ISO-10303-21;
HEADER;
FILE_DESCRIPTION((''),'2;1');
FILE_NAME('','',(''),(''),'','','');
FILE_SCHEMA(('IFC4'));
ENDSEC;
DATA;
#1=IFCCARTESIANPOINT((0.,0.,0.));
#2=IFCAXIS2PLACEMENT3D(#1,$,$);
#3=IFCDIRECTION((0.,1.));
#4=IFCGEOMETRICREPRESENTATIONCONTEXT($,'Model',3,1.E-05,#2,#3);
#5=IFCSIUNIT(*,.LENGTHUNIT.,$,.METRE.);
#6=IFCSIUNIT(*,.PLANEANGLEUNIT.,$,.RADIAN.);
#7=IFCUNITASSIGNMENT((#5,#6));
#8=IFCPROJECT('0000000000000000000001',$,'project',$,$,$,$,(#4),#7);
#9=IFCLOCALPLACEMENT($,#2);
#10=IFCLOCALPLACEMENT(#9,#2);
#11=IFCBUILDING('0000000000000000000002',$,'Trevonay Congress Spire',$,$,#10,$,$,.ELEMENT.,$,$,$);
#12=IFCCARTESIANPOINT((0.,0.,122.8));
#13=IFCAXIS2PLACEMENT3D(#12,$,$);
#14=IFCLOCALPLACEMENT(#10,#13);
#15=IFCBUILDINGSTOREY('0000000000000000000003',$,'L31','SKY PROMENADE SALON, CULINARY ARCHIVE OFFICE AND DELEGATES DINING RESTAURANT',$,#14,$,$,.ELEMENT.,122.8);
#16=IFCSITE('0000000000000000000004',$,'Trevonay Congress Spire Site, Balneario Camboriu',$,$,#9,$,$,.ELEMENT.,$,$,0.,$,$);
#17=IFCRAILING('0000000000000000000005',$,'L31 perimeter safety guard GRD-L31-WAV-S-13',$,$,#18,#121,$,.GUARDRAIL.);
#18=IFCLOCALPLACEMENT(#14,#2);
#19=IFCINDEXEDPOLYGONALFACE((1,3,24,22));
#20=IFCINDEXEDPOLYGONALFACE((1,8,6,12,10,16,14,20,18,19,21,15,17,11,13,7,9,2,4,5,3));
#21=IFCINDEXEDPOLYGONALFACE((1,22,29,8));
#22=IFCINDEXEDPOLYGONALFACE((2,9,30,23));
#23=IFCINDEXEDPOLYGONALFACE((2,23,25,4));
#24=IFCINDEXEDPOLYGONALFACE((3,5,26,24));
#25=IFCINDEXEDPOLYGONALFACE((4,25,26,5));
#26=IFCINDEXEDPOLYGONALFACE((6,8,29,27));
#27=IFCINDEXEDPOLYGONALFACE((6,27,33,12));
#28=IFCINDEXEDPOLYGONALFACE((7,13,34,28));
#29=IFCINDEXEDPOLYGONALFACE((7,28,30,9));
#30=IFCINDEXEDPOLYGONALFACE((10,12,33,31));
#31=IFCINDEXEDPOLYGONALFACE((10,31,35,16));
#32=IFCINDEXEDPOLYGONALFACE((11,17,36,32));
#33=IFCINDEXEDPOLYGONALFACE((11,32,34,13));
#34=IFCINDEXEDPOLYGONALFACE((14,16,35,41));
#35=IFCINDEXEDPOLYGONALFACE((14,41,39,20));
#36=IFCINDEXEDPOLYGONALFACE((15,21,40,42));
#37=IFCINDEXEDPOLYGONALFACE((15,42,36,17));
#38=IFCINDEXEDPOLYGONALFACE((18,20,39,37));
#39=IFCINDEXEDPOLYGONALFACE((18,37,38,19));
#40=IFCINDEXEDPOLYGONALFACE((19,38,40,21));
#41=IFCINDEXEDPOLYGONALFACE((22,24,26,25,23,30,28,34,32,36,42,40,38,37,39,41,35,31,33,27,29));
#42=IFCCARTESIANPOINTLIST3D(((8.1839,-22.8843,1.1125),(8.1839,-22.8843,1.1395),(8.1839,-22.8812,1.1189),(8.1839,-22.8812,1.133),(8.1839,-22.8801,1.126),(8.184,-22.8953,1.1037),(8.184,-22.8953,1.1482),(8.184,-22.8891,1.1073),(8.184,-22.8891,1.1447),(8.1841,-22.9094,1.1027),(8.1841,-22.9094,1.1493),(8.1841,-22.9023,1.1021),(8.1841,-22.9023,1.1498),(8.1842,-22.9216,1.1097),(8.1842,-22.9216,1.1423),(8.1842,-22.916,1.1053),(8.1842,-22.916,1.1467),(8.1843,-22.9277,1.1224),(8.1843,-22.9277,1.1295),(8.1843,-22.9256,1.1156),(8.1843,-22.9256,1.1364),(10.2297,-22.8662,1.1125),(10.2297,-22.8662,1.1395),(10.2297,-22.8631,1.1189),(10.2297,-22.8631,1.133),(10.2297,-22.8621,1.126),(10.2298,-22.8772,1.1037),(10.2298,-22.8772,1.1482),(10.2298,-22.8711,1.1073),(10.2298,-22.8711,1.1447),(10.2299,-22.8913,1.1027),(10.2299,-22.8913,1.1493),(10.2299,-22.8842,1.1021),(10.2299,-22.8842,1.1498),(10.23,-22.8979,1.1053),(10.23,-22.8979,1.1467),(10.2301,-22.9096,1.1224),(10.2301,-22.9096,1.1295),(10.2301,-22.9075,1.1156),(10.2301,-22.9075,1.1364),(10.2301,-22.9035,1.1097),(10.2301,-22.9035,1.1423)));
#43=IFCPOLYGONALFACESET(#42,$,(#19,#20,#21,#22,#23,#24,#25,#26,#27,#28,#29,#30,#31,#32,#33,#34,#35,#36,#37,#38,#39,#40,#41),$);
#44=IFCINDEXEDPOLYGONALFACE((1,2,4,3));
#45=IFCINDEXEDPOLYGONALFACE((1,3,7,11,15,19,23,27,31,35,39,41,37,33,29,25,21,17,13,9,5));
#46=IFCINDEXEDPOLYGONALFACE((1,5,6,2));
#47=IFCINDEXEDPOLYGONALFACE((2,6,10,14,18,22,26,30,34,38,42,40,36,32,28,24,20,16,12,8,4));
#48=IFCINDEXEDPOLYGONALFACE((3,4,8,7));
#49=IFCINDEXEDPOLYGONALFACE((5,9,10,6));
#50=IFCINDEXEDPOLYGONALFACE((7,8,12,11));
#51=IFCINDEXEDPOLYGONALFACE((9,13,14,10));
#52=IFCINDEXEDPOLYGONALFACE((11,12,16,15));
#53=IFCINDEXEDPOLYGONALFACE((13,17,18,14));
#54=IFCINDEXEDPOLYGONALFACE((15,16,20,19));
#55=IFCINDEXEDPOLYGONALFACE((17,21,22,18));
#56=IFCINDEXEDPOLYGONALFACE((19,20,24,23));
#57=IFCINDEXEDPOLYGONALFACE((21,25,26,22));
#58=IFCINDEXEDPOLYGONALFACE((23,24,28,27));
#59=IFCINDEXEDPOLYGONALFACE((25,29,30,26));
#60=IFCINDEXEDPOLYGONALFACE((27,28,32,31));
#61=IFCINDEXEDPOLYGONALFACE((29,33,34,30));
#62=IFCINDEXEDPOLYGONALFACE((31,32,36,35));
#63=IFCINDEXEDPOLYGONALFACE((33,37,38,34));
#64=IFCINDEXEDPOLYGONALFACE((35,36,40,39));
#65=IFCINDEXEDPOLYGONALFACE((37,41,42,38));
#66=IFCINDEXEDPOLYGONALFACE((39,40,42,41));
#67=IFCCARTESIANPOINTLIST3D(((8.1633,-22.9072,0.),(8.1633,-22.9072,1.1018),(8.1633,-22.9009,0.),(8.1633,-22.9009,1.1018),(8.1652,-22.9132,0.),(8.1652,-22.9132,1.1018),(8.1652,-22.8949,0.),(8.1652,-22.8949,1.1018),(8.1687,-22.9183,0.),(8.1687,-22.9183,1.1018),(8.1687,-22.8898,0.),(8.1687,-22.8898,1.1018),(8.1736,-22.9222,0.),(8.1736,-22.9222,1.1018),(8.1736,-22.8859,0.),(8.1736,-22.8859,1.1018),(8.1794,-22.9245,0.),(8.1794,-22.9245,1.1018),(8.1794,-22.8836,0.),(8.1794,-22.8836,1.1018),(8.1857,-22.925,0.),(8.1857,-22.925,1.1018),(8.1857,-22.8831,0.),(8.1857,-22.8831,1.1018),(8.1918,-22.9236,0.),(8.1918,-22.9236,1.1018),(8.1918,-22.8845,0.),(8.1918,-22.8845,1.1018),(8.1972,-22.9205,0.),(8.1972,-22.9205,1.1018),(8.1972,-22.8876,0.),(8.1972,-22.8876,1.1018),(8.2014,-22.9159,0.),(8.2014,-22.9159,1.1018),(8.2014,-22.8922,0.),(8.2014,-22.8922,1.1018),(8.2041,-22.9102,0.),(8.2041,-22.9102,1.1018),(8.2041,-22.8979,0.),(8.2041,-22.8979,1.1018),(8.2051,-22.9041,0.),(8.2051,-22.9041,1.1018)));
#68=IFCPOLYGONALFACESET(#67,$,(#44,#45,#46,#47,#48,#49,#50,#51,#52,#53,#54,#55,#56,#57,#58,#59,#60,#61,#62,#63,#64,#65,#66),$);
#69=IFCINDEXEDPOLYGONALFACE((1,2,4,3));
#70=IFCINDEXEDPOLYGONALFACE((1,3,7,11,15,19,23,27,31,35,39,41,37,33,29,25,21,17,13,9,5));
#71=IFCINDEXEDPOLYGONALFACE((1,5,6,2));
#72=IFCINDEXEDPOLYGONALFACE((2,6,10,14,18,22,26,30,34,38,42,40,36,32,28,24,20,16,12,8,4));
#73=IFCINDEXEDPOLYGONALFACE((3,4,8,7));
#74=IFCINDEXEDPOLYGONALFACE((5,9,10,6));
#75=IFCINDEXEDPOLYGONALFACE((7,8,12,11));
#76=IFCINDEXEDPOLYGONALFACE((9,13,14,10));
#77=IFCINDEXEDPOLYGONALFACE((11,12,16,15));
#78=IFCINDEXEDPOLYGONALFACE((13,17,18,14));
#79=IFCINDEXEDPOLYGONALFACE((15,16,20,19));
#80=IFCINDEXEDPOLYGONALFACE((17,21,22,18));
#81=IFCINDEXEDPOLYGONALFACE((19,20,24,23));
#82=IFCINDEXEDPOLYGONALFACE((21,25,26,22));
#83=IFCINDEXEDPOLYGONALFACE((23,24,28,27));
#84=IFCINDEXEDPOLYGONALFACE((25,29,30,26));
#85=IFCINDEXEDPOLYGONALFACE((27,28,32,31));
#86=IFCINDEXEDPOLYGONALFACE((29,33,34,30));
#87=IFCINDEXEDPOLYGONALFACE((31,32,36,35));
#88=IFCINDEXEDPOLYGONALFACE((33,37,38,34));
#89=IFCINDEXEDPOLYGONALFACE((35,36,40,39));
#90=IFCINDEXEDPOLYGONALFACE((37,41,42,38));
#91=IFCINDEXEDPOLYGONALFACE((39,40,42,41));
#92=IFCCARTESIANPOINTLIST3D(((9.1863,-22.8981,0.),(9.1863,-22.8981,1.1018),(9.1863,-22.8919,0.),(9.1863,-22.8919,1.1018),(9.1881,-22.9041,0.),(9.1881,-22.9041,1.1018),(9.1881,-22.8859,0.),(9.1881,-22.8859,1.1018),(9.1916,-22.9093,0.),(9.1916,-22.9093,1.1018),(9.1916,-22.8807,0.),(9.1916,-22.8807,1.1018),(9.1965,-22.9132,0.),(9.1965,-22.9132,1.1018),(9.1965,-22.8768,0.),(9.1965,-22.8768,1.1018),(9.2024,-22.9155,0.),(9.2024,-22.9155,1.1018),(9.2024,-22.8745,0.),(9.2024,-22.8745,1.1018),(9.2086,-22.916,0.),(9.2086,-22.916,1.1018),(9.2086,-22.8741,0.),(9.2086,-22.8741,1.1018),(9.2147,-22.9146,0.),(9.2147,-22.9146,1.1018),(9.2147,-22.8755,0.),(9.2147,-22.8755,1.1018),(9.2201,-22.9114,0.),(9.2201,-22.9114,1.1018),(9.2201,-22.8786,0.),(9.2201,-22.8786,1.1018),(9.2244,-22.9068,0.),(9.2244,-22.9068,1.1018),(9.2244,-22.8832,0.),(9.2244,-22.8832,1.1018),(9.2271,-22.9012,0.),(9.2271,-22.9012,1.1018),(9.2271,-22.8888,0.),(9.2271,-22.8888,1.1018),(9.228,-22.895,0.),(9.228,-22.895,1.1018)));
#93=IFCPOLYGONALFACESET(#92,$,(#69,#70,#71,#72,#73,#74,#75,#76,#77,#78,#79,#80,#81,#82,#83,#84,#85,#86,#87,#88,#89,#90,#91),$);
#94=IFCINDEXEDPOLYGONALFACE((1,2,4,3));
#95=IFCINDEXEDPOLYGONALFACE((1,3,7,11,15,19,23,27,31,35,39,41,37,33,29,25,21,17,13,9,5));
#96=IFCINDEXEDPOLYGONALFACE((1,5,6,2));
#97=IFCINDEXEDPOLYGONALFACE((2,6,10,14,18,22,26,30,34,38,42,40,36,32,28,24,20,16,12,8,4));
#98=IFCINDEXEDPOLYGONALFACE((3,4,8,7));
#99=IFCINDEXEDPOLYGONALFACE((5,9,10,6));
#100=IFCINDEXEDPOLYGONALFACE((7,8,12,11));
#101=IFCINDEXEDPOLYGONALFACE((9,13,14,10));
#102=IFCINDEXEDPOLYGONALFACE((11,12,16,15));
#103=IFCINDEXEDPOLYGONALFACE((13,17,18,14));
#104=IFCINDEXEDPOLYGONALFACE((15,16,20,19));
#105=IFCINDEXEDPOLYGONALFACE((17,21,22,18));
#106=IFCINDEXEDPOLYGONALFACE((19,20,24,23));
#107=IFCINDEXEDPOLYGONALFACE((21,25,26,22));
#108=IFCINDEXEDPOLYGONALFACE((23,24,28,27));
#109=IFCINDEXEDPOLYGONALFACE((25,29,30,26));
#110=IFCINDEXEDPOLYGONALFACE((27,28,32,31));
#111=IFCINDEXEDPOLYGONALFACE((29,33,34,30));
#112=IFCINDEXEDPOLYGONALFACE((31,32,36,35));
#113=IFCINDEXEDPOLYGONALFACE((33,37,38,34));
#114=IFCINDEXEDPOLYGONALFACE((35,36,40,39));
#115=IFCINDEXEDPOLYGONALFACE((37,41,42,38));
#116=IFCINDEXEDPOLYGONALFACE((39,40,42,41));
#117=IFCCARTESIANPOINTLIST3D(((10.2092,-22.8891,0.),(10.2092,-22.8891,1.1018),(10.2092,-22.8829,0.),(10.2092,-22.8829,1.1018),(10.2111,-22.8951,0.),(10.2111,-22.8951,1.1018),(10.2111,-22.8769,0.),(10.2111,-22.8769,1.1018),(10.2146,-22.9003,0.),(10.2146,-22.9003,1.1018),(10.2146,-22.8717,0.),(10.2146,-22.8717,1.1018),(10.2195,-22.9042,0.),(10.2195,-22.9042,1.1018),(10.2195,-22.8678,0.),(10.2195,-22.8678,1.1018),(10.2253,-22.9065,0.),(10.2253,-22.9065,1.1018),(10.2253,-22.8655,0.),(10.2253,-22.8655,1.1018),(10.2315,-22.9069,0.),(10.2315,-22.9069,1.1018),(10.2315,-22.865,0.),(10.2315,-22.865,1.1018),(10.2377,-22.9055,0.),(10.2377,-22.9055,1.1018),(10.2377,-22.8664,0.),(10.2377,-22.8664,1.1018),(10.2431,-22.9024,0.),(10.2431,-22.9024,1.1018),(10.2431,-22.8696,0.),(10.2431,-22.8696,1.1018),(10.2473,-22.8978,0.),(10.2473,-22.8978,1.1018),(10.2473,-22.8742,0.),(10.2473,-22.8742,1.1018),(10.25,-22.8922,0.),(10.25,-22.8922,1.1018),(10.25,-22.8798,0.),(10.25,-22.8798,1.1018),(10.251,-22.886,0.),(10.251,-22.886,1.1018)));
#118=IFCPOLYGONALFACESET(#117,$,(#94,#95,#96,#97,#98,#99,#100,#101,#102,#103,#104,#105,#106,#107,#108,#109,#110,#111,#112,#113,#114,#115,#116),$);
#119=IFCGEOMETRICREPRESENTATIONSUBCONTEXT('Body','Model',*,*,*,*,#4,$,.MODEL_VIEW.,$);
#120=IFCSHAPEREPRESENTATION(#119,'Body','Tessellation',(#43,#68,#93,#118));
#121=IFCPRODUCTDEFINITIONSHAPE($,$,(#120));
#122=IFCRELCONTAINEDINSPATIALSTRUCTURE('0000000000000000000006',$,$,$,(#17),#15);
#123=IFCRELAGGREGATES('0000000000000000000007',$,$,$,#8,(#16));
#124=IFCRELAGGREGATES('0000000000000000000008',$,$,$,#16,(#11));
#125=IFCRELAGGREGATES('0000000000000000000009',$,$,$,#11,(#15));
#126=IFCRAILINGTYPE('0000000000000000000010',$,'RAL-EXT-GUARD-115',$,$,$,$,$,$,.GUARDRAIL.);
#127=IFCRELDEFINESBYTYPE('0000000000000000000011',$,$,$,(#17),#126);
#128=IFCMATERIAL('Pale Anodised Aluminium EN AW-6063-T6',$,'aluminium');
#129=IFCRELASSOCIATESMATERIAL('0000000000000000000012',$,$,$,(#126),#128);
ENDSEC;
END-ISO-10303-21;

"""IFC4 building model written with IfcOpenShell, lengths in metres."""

from ifc_helpers import new_model, si_unit, direction, frame, origin, origin_2d, place, context, subcontext, project, spatial, circle, extrude, material, type_object, element, save


model = new_model("IFC4")

# Units and contexts
model_context = context("Model", 3, precision=1e-05, world=origin(), true_north=direction((0.0, 1.0)))
body_context = subcontext(model_context, "Body", "Model", "MODEL_VIEW")
ifc_project = project(units=[si_unit("LENGTHUNIT", "METRE"), si_unit("PLANEANGLEUNIT", "RADIAN")], contexts=[model_context])

# Site, building, storey
site_placement = place(None, origin())
site = spatial("IfcSite", under=ifc_project, at=site_placement, Name="Trevonay Congress Spire Site, Balneario Camboriu", CompositionType="ELEMENT", RefElevation=0.0)
building_placement = place(site_placement, origin())
building = spatial("IfcBuilding", under=site, at=building_placement, Name="Trevonay Congress Spire", CompositionType="ELEMENT")
storey_placement = place(building_placement, frame((0.0, 0.0, 122.8)))
storey = spatial("IfcBuildingStorey", under=building, at=storey_placement, Name="L31", Description="SKY PROMENADE SALON, CULINARY ARCHIVE OFFICE AND DELEGATES DINING RESTAURANT", CompositionType="ELEMENT", Elevation=122.8)

# Shared definitions
ifc_material_1 = material(Name="Pale Anodised Aluminium EN AW-6063-T6", Category="aluminium")

# Railing
railing_type = type_object("IfcRailingType", Name="RAL-EXT-GUARD-115", PredefinedType="GUARDRAIL", material=ifc_material_1)
railing_1_placement = place(storey_placement, frame((8.1841, -22.9041, 0.0)))
element("IfcRailing", 1, at=railing_1_placement, inside=storey, type_object=railing_type, Name="L31 perimeter safety guard GRD-L31-WAV-S-13", PredefinedType="GUARDRAIL", context=body_context, shape_type="SweptSolid", body=[
    extrude(circle(Radius=0.0239, at=origin_2d()), frame((0.0, 0.0, 1.126), z_axis=(0.999961, 0.00883, 0.0), x_axis=(-0.00883, 0.999961, 0.0)), (0.0, 0.0, 1.0), 2.0459),
    extrude(circle(Radius=0.021, at=origin_2d()), origin(), (0.0, 0.0, 1.0), 1.1018),
    extrude(circle(Radius=0.021, at=origin_2d()), frame((1.0229, 0.009, 0.0)), (0.0, 0.0, 1.0), 1.1018),
    extrude(circle(Radius=0.021, at=origin_2d()), frame((2.0459, 0.0181, 0.0)), (0.0, 0.0, 1.0), 1.1018),
])

save(model, "model.ifc")
